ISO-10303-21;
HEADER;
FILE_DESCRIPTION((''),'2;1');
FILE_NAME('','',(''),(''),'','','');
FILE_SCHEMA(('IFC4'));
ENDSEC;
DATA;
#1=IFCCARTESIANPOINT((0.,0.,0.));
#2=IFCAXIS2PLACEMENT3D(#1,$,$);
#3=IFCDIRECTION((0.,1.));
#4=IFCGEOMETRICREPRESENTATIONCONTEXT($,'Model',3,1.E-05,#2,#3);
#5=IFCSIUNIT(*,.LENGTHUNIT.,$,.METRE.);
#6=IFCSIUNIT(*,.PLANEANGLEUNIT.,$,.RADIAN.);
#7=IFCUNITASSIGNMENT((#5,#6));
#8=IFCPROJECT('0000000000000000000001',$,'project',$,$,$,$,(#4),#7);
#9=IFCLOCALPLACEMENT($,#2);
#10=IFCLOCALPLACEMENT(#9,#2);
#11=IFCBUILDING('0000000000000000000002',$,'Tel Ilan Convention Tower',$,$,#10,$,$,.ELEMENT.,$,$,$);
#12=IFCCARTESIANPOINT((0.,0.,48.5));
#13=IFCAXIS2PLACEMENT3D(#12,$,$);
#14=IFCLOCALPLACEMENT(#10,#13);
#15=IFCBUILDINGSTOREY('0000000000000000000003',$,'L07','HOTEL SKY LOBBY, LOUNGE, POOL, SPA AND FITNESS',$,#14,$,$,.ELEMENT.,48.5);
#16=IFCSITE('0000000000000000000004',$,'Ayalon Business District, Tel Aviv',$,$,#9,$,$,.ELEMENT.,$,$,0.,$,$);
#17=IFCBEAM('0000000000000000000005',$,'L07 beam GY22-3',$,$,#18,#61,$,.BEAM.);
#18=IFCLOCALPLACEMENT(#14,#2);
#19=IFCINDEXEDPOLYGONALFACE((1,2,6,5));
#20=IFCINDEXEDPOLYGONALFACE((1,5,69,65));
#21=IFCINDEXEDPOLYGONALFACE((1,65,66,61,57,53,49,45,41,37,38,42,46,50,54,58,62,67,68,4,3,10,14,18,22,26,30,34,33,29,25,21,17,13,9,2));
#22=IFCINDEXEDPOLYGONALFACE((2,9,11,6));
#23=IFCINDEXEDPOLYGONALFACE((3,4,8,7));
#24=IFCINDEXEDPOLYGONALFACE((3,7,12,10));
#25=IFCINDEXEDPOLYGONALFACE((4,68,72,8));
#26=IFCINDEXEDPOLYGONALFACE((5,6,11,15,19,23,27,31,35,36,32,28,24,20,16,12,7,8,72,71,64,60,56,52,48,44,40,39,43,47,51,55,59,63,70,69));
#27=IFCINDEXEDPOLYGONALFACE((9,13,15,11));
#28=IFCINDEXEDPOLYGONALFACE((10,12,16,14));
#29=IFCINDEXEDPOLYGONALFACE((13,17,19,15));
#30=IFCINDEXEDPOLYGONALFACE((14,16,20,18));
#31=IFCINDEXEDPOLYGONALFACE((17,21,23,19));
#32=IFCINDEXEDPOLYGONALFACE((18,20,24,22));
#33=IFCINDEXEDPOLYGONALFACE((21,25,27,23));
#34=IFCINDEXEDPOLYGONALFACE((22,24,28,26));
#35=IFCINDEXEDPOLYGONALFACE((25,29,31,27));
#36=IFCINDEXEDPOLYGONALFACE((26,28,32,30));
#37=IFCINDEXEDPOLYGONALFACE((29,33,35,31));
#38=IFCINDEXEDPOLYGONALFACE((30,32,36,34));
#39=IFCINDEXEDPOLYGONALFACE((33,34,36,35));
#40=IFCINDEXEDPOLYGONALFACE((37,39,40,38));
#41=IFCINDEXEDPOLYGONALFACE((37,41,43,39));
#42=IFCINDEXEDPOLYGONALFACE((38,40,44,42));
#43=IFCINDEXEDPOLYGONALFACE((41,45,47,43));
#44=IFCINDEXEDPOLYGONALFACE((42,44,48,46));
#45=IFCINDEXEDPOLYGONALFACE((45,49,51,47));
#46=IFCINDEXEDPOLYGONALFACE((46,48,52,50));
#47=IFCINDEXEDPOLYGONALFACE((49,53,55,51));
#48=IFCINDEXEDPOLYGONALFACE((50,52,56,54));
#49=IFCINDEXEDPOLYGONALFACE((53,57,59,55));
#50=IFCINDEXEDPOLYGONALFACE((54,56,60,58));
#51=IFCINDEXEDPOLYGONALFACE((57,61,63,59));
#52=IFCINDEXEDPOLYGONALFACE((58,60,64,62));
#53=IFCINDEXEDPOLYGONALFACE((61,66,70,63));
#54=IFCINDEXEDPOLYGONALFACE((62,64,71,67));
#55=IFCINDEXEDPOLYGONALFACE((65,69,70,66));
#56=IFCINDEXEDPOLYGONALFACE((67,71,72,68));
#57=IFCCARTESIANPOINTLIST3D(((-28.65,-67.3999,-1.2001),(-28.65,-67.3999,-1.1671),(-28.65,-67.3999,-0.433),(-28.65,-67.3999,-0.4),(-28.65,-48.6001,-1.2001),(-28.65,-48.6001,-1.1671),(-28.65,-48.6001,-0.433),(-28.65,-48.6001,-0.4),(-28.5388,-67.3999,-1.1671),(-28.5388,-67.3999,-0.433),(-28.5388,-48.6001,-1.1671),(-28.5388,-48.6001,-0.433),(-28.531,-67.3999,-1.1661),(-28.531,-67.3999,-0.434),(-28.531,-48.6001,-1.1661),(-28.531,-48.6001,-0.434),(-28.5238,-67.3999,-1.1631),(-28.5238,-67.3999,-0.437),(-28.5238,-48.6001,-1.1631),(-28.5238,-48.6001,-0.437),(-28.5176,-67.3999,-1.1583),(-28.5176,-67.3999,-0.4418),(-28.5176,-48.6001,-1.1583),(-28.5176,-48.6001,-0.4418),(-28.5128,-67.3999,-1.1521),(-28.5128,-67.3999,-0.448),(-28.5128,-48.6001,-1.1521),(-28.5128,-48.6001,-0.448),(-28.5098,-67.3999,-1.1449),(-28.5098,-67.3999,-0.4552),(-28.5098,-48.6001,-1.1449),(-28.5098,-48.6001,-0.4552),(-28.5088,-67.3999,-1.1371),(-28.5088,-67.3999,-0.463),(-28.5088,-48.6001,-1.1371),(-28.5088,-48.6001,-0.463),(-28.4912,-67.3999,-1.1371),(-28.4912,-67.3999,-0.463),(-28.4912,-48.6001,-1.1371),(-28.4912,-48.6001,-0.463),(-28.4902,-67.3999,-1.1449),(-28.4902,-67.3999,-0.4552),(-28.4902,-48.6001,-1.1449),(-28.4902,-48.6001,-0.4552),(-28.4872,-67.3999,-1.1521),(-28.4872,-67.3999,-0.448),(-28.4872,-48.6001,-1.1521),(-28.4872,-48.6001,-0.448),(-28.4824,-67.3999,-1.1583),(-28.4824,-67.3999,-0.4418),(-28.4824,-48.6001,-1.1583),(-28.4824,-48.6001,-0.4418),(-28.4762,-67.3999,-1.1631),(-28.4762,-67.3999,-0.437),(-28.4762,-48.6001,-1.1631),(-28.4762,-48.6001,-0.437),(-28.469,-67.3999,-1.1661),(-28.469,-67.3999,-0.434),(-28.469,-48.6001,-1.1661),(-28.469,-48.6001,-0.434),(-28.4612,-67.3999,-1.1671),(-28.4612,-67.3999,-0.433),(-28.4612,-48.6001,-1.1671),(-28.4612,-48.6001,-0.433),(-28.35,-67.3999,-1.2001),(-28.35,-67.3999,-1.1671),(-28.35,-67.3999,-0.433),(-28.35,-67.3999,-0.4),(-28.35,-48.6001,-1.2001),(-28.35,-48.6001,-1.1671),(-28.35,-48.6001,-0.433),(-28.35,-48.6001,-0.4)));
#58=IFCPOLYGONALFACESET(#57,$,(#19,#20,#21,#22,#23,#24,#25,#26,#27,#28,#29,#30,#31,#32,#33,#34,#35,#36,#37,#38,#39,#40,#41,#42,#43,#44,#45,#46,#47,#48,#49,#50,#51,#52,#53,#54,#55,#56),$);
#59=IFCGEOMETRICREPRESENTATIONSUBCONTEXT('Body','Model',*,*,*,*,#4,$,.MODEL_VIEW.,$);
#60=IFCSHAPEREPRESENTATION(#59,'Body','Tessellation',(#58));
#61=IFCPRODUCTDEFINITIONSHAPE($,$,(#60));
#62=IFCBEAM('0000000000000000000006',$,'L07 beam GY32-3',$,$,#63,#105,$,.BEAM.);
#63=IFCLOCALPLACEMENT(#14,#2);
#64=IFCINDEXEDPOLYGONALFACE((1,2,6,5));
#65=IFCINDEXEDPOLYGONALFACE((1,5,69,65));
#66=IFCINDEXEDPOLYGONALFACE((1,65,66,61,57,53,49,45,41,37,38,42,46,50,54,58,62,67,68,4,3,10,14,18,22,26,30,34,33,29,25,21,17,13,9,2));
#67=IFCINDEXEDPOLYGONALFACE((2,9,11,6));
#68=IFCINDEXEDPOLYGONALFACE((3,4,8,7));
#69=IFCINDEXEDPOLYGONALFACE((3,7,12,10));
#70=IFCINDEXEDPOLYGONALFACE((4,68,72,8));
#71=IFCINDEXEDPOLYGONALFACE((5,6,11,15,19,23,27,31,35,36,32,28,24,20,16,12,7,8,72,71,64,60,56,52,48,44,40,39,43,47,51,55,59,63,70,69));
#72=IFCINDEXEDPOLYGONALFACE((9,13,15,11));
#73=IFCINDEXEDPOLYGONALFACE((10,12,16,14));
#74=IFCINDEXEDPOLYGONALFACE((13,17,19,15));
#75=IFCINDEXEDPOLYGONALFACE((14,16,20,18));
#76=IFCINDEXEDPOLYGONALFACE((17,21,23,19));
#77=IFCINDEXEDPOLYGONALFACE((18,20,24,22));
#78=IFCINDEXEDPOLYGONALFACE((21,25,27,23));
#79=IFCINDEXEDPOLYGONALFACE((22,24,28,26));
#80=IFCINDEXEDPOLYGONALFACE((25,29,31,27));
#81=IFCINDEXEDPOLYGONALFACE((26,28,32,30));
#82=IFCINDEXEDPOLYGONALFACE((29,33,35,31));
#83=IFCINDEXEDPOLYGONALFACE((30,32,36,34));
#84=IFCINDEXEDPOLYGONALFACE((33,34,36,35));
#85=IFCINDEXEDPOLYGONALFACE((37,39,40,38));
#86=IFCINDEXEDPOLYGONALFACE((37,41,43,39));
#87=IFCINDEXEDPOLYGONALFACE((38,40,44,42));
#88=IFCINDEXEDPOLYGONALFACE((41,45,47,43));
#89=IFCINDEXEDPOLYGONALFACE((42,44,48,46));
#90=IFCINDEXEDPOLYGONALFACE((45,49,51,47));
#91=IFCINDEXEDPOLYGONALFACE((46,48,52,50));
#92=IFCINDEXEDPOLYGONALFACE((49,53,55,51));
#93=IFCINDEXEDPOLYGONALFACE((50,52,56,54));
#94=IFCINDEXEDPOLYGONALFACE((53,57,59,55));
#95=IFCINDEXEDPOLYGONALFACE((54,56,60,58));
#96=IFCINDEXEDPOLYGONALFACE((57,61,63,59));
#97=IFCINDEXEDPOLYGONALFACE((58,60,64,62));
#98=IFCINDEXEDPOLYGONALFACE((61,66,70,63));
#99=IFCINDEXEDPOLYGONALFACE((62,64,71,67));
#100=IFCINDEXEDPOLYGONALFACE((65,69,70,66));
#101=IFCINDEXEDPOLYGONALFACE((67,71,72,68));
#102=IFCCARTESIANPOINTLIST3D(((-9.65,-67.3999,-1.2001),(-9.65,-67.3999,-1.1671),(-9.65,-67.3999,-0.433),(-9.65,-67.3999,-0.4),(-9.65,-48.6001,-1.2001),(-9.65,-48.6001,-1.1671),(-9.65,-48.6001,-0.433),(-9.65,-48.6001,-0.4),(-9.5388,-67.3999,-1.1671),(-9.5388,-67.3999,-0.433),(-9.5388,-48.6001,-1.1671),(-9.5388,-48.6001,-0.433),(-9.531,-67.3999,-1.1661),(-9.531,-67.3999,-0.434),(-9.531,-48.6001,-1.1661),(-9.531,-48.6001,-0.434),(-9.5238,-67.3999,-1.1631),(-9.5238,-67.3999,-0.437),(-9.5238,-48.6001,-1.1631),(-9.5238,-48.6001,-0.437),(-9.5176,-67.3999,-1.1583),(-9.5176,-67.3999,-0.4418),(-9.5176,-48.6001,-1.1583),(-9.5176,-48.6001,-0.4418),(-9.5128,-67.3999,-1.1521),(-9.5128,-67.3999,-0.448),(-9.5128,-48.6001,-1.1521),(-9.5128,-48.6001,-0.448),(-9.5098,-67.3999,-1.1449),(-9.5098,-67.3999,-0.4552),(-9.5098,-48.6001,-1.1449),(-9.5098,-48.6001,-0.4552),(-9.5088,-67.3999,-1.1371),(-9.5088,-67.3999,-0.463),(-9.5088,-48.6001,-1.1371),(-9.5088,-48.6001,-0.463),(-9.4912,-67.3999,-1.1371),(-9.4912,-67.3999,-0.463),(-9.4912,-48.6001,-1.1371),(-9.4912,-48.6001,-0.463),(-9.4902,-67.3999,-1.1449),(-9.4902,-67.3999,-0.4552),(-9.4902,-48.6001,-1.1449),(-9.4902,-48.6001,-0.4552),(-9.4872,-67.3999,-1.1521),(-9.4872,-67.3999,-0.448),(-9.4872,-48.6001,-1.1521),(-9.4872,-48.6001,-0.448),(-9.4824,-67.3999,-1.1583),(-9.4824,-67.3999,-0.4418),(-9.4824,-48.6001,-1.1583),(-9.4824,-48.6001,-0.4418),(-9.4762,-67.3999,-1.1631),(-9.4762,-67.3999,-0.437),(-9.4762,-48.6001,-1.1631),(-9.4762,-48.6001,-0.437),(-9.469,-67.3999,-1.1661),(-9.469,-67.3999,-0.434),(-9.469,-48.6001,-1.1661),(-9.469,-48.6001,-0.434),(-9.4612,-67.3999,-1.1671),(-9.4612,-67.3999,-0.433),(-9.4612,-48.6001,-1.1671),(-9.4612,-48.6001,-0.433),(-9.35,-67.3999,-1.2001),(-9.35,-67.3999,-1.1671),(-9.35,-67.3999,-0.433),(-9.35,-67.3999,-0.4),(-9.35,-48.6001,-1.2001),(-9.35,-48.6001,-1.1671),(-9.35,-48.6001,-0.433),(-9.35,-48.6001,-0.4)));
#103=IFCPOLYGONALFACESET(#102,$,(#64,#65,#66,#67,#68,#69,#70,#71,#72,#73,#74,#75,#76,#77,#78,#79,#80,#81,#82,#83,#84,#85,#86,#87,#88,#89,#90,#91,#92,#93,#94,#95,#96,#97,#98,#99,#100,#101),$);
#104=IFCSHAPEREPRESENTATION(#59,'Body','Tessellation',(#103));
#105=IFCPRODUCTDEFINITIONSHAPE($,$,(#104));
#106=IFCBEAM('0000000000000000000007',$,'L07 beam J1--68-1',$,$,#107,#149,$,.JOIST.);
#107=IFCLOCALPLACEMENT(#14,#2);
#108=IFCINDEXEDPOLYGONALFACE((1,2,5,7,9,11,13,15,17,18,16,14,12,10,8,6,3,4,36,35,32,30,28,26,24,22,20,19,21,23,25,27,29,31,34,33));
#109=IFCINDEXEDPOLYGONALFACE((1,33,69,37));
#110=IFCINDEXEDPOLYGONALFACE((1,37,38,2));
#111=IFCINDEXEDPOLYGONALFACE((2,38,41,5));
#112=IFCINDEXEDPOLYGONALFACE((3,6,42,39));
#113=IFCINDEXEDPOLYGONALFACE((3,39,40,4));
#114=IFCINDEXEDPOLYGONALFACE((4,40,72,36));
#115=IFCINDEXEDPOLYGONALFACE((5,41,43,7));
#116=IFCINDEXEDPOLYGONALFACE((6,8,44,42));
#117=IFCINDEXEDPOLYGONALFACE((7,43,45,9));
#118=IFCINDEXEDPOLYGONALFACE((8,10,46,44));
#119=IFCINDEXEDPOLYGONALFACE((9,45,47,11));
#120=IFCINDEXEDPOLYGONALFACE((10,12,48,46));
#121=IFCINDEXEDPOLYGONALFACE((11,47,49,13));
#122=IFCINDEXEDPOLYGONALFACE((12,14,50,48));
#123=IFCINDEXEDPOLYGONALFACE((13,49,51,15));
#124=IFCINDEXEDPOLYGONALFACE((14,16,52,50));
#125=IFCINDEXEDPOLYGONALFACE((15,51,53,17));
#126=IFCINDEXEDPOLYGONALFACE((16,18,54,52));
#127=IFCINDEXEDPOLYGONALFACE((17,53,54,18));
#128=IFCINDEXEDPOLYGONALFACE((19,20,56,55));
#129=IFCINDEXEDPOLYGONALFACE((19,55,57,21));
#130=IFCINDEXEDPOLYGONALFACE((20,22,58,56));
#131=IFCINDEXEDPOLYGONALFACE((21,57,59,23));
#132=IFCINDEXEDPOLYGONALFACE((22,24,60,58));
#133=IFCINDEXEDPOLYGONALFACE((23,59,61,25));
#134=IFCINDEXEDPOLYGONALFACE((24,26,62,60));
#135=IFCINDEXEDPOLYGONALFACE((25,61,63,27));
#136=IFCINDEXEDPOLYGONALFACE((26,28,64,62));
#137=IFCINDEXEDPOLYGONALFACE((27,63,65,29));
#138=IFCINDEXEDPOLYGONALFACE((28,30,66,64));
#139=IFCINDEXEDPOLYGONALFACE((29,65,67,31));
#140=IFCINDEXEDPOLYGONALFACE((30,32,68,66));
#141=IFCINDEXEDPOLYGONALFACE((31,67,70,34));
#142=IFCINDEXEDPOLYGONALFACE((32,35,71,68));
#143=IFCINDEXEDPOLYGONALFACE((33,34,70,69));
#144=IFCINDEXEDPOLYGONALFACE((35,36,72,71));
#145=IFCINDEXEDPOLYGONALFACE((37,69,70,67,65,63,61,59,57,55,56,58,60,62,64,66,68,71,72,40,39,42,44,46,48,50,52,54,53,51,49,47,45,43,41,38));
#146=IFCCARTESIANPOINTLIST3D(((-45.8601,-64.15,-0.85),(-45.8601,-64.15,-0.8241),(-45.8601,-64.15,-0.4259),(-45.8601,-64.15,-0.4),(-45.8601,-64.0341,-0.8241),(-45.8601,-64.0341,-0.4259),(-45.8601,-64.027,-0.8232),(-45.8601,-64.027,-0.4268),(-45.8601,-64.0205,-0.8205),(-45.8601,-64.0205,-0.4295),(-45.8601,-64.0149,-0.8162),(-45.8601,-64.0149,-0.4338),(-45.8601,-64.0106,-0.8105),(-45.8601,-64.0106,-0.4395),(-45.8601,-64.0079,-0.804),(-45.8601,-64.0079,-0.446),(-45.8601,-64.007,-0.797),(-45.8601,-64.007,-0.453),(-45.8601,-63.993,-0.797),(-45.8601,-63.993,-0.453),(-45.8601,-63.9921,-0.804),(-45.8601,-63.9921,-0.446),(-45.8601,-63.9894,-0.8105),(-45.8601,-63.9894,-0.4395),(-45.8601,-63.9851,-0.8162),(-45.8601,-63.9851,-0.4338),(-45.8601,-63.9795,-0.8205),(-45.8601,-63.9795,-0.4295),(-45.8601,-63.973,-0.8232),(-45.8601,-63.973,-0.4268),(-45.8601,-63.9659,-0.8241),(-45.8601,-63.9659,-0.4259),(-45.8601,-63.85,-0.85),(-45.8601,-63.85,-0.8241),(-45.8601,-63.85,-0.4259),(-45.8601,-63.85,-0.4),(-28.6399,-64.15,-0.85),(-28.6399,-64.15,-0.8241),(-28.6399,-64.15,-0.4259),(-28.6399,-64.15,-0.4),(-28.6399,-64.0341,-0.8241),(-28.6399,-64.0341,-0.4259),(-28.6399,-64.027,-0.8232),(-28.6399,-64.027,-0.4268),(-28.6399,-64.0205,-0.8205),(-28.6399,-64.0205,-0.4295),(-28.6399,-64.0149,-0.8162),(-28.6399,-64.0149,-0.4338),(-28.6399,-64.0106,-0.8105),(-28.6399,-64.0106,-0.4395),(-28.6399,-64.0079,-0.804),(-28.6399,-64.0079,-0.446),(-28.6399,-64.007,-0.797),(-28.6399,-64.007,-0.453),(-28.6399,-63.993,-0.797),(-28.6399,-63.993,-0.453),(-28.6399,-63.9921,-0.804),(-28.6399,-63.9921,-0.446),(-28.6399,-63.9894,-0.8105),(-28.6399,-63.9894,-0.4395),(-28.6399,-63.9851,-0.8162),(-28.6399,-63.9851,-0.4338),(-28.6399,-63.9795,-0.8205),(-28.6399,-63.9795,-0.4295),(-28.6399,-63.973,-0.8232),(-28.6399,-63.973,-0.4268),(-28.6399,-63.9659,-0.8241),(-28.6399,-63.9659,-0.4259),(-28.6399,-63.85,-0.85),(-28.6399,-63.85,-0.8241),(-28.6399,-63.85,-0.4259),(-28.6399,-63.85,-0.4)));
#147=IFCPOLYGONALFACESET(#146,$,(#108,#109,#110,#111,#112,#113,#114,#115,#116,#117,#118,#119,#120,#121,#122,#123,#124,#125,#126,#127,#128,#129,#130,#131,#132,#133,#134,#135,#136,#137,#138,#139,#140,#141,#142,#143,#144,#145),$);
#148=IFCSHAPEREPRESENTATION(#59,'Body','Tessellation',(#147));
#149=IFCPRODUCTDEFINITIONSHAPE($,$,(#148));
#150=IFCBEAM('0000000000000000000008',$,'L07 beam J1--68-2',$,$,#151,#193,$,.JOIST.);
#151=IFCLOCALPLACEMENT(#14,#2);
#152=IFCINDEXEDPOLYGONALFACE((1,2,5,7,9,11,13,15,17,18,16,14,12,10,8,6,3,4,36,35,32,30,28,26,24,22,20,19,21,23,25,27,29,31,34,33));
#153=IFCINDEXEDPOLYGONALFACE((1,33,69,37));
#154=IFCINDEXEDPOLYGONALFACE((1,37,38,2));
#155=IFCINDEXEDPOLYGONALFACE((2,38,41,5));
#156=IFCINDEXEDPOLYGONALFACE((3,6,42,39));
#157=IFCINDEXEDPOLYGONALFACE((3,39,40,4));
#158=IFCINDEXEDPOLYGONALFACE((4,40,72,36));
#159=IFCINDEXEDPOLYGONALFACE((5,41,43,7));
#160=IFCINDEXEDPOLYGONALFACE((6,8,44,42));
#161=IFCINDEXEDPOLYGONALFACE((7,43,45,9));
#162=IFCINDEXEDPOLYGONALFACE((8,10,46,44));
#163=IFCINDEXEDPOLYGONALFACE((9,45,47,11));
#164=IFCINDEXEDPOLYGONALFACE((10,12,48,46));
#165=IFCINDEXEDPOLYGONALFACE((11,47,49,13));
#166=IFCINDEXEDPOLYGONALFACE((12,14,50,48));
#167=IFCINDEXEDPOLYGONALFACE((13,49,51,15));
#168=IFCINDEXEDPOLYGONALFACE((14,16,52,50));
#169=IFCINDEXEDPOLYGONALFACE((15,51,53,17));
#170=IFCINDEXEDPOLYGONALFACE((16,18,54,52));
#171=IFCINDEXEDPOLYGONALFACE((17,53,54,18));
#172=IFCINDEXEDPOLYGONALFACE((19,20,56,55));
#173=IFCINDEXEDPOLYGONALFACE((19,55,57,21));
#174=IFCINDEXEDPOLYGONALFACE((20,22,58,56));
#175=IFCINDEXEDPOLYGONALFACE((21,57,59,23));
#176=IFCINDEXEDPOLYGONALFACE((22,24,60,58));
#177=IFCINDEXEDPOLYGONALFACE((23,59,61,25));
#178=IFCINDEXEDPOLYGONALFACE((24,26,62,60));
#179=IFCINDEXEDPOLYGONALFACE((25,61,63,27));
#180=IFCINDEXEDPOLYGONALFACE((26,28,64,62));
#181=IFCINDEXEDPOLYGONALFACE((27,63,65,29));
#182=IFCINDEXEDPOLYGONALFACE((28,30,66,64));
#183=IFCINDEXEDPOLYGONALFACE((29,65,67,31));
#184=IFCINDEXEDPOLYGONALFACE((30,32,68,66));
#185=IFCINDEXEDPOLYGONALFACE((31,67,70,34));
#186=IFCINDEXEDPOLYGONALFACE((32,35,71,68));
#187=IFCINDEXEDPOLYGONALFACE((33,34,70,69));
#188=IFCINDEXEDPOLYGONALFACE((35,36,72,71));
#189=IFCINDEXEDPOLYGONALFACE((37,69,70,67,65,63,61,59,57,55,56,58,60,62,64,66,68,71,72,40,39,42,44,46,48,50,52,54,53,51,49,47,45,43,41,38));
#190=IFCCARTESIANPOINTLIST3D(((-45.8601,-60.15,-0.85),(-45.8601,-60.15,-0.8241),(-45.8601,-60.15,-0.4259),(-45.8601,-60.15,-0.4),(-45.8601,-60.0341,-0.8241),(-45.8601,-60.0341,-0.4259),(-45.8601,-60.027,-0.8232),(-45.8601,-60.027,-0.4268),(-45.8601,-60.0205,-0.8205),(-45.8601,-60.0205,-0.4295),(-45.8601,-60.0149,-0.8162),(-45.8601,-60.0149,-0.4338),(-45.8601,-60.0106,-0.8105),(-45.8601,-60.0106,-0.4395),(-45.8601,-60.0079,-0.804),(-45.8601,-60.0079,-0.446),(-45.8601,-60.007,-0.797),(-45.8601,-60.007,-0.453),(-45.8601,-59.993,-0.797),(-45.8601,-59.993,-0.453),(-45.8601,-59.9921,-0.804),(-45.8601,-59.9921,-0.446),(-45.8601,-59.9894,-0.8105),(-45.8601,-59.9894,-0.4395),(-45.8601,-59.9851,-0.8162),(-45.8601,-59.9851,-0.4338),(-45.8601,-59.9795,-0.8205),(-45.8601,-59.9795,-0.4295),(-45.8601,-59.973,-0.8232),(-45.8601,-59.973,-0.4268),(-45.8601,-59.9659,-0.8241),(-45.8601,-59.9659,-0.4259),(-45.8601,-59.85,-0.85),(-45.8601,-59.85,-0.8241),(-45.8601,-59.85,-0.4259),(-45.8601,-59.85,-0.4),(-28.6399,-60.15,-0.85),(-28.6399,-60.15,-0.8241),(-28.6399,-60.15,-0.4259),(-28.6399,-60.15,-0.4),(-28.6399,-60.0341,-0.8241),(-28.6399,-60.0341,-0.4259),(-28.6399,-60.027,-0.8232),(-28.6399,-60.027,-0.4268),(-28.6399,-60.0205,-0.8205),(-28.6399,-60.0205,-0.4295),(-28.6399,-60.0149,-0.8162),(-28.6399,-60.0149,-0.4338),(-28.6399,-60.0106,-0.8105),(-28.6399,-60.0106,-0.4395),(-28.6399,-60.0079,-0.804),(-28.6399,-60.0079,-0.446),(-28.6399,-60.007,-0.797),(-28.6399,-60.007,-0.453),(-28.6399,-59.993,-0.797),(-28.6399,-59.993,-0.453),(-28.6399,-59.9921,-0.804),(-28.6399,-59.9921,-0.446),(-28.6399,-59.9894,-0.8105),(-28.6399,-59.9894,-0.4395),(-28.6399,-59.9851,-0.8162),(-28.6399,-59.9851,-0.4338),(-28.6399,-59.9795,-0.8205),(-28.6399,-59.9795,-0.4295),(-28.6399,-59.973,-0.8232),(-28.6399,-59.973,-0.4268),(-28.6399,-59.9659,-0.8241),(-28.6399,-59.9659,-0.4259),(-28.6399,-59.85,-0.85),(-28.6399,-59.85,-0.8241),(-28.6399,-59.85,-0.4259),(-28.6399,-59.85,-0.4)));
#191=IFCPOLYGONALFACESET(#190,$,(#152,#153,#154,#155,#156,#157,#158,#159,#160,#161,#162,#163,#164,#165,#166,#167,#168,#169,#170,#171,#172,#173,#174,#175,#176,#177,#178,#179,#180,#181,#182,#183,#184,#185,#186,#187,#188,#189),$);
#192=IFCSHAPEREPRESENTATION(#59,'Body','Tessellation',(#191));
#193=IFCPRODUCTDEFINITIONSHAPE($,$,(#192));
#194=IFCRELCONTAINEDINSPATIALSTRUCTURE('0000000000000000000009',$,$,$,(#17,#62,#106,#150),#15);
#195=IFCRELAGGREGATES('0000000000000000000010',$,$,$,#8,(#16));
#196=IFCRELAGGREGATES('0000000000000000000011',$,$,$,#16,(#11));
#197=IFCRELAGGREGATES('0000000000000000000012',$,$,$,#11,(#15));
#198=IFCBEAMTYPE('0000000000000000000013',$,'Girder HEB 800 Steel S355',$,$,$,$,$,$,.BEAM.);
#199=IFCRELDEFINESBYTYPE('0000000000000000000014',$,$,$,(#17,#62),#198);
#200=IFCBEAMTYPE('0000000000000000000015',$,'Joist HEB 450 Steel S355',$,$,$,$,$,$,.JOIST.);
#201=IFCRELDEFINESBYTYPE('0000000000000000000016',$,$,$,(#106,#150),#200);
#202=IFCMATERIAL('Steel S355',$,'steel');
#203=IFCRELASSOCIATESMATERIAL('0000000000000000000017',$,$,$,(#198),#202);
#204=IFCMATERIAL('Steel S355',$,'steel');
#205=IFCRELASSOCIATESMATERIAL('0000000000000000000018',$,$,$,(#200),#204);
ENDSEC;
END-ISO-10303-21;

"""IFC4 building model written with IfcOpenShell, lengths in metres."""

from ifc_helpers import new_model, si_unit, direction, frame, origin, origin_2d, place, context, subcontext, project, spatial, i_section, extrude, material, material_profile, profile_set, type_object, element, save


model = new_model("IFC4")

# Units and contexts
model_context = context("Model", 3, precision=1e-05, world=origin(), true_north=direction((0.0, 1.0)))
body_context = subcontext(model_context, "Body", "Model", "MODEL_VIEW")
ifc_project = project(units=[si_unit("LENGTHUNIT", "METRE"), si_unit("PLANEANGLEUNIT", "RADIAN")], contexts=[model_context])

# Site, building, storey
site_placement = place(None, origin())
site = spatial("IfcSite", under=ifc_project, at=site_placement, Name="Ayalon Business District, Tel Aviv", CompositionType="ELEMENT", RefElevation=0.0)
building_placement = place(site_placement, origin())
building = spatial("IfcBuilding", under=site, at=building_placement, Name="Tel Ilan Convention Tower", CompositionType="ELEMENT")
storey_placement = place(building_placement, frame((0.0, 0.0, 48.5)))
storey = spatial("IfcBuildingStorey", under=building, at=storey_placement, Name="L07", Description="HOTEL SKY LOBBY, LOUNGE, POOL, SPA AND FITNESS", CompositionType="ELEMENT", Elevation=48.5)

# Beams
ifc_material_1 = material(Name="Steel S355", Category="steel")
ifc_material_profile_1 = material_profile(ifc_material_1, i_section(OverallWidth=0.3, OverallDepth=0.8, WebThickness=0.0176, FlangeThickness=0.033, FilletRadius=0.03, at=origin_2d()), Name="HEB 800")
ifc_profile_set_1 = profile_set([ifc_material_profile_1], Name="Steel S355")
beam_type_1 = type_object("IfcBeamType", Name="Girder HEB 800 Steel S355", PredefinedType="BEAM", material=ifc_profile_set_1)
for number, where, z_axis, x_axis, name in (
    (1, (-28.5, -67.3999, -0.8), (0.0, 1.0, 0.0), (-1.0, 0.0, 0.0), "L07 beam GY22-3"),
    (2, (-9.5, -67.3999, -0.8), (0.0, 1.0, 0.0), (-1.0, 0.0, 0.0), "L07 beam GY32-3"),
):
    element("IfcBeam", number, at=place(storey_placement, frame(where, z_axis=z_axis, x_axis=x_axis)), inside=storey, type_object=beam_type_1, Name=name, PredefinedType="BEAM", context=body_context, shape_type="SweptSolid", body=[
        extrude(i_section(OverallWidth=0.3, OverallDepth=0.8, WebThickness=0.0176, FlangeThickness=0.033, FilletRadius=0.03, at=origin_2d()), origin(), (0.0, 0.0, 1.0), 18.7998),
    ])
ifc_material_2 = material(Name="Steel S355", Category="steel")
ifc_material_profile_2 = material_profile(ifc_material_2, i_section(OverallWidth=0.3, OverallDepth=0.45, WebThickness=0.0139, FlangeThickness=0.0259, FilletRadius=0.0271, at=origin_2d()), Name="HEB 450")
ifc_profile_set_2 = profile_set([ifc_material_profile_2], Name="Steel S355")
beam_type_2 = type_object("IfcBeamType", Name="Joist HEB 450 Steel S355", PredefinedType="JOIST", material=ifc_profile_set_2)
for number, where, z_axis, x_axis, name in (
    (3, (-45.8601, -64.0, -0.625), (1.0, 0.0, 0.0), (0.0, 1.0, 0.0), "L07 beam J1--68-1"),
    (4, (-45.8601, -60.0, -0.625), (1.0, 0.0, 0.0), (0.0, 1.0, 0.0), "L07 beam J1--68-2"),
):
    element("IfcBeam", number, at=place(storey_placement, frame(where, z_axis=z_axis, x_axis=x_axis)), inside=storey, type_object=beam_type_2, Name=name, PredefinedType="JOIST", context=body_context, shape_type="SweptSolid", body=[
        extrude(i_section(OverallWidth=0.3, OverallDepth=0.45, WebThickness=0.0139, FlangeThickness=0.0259, FilletRadius=0.0271, at=origin_2d()), origin(), (0.0, 0.0, 1.0), 17.2202),
    ])

save(model, "model.ifc")
